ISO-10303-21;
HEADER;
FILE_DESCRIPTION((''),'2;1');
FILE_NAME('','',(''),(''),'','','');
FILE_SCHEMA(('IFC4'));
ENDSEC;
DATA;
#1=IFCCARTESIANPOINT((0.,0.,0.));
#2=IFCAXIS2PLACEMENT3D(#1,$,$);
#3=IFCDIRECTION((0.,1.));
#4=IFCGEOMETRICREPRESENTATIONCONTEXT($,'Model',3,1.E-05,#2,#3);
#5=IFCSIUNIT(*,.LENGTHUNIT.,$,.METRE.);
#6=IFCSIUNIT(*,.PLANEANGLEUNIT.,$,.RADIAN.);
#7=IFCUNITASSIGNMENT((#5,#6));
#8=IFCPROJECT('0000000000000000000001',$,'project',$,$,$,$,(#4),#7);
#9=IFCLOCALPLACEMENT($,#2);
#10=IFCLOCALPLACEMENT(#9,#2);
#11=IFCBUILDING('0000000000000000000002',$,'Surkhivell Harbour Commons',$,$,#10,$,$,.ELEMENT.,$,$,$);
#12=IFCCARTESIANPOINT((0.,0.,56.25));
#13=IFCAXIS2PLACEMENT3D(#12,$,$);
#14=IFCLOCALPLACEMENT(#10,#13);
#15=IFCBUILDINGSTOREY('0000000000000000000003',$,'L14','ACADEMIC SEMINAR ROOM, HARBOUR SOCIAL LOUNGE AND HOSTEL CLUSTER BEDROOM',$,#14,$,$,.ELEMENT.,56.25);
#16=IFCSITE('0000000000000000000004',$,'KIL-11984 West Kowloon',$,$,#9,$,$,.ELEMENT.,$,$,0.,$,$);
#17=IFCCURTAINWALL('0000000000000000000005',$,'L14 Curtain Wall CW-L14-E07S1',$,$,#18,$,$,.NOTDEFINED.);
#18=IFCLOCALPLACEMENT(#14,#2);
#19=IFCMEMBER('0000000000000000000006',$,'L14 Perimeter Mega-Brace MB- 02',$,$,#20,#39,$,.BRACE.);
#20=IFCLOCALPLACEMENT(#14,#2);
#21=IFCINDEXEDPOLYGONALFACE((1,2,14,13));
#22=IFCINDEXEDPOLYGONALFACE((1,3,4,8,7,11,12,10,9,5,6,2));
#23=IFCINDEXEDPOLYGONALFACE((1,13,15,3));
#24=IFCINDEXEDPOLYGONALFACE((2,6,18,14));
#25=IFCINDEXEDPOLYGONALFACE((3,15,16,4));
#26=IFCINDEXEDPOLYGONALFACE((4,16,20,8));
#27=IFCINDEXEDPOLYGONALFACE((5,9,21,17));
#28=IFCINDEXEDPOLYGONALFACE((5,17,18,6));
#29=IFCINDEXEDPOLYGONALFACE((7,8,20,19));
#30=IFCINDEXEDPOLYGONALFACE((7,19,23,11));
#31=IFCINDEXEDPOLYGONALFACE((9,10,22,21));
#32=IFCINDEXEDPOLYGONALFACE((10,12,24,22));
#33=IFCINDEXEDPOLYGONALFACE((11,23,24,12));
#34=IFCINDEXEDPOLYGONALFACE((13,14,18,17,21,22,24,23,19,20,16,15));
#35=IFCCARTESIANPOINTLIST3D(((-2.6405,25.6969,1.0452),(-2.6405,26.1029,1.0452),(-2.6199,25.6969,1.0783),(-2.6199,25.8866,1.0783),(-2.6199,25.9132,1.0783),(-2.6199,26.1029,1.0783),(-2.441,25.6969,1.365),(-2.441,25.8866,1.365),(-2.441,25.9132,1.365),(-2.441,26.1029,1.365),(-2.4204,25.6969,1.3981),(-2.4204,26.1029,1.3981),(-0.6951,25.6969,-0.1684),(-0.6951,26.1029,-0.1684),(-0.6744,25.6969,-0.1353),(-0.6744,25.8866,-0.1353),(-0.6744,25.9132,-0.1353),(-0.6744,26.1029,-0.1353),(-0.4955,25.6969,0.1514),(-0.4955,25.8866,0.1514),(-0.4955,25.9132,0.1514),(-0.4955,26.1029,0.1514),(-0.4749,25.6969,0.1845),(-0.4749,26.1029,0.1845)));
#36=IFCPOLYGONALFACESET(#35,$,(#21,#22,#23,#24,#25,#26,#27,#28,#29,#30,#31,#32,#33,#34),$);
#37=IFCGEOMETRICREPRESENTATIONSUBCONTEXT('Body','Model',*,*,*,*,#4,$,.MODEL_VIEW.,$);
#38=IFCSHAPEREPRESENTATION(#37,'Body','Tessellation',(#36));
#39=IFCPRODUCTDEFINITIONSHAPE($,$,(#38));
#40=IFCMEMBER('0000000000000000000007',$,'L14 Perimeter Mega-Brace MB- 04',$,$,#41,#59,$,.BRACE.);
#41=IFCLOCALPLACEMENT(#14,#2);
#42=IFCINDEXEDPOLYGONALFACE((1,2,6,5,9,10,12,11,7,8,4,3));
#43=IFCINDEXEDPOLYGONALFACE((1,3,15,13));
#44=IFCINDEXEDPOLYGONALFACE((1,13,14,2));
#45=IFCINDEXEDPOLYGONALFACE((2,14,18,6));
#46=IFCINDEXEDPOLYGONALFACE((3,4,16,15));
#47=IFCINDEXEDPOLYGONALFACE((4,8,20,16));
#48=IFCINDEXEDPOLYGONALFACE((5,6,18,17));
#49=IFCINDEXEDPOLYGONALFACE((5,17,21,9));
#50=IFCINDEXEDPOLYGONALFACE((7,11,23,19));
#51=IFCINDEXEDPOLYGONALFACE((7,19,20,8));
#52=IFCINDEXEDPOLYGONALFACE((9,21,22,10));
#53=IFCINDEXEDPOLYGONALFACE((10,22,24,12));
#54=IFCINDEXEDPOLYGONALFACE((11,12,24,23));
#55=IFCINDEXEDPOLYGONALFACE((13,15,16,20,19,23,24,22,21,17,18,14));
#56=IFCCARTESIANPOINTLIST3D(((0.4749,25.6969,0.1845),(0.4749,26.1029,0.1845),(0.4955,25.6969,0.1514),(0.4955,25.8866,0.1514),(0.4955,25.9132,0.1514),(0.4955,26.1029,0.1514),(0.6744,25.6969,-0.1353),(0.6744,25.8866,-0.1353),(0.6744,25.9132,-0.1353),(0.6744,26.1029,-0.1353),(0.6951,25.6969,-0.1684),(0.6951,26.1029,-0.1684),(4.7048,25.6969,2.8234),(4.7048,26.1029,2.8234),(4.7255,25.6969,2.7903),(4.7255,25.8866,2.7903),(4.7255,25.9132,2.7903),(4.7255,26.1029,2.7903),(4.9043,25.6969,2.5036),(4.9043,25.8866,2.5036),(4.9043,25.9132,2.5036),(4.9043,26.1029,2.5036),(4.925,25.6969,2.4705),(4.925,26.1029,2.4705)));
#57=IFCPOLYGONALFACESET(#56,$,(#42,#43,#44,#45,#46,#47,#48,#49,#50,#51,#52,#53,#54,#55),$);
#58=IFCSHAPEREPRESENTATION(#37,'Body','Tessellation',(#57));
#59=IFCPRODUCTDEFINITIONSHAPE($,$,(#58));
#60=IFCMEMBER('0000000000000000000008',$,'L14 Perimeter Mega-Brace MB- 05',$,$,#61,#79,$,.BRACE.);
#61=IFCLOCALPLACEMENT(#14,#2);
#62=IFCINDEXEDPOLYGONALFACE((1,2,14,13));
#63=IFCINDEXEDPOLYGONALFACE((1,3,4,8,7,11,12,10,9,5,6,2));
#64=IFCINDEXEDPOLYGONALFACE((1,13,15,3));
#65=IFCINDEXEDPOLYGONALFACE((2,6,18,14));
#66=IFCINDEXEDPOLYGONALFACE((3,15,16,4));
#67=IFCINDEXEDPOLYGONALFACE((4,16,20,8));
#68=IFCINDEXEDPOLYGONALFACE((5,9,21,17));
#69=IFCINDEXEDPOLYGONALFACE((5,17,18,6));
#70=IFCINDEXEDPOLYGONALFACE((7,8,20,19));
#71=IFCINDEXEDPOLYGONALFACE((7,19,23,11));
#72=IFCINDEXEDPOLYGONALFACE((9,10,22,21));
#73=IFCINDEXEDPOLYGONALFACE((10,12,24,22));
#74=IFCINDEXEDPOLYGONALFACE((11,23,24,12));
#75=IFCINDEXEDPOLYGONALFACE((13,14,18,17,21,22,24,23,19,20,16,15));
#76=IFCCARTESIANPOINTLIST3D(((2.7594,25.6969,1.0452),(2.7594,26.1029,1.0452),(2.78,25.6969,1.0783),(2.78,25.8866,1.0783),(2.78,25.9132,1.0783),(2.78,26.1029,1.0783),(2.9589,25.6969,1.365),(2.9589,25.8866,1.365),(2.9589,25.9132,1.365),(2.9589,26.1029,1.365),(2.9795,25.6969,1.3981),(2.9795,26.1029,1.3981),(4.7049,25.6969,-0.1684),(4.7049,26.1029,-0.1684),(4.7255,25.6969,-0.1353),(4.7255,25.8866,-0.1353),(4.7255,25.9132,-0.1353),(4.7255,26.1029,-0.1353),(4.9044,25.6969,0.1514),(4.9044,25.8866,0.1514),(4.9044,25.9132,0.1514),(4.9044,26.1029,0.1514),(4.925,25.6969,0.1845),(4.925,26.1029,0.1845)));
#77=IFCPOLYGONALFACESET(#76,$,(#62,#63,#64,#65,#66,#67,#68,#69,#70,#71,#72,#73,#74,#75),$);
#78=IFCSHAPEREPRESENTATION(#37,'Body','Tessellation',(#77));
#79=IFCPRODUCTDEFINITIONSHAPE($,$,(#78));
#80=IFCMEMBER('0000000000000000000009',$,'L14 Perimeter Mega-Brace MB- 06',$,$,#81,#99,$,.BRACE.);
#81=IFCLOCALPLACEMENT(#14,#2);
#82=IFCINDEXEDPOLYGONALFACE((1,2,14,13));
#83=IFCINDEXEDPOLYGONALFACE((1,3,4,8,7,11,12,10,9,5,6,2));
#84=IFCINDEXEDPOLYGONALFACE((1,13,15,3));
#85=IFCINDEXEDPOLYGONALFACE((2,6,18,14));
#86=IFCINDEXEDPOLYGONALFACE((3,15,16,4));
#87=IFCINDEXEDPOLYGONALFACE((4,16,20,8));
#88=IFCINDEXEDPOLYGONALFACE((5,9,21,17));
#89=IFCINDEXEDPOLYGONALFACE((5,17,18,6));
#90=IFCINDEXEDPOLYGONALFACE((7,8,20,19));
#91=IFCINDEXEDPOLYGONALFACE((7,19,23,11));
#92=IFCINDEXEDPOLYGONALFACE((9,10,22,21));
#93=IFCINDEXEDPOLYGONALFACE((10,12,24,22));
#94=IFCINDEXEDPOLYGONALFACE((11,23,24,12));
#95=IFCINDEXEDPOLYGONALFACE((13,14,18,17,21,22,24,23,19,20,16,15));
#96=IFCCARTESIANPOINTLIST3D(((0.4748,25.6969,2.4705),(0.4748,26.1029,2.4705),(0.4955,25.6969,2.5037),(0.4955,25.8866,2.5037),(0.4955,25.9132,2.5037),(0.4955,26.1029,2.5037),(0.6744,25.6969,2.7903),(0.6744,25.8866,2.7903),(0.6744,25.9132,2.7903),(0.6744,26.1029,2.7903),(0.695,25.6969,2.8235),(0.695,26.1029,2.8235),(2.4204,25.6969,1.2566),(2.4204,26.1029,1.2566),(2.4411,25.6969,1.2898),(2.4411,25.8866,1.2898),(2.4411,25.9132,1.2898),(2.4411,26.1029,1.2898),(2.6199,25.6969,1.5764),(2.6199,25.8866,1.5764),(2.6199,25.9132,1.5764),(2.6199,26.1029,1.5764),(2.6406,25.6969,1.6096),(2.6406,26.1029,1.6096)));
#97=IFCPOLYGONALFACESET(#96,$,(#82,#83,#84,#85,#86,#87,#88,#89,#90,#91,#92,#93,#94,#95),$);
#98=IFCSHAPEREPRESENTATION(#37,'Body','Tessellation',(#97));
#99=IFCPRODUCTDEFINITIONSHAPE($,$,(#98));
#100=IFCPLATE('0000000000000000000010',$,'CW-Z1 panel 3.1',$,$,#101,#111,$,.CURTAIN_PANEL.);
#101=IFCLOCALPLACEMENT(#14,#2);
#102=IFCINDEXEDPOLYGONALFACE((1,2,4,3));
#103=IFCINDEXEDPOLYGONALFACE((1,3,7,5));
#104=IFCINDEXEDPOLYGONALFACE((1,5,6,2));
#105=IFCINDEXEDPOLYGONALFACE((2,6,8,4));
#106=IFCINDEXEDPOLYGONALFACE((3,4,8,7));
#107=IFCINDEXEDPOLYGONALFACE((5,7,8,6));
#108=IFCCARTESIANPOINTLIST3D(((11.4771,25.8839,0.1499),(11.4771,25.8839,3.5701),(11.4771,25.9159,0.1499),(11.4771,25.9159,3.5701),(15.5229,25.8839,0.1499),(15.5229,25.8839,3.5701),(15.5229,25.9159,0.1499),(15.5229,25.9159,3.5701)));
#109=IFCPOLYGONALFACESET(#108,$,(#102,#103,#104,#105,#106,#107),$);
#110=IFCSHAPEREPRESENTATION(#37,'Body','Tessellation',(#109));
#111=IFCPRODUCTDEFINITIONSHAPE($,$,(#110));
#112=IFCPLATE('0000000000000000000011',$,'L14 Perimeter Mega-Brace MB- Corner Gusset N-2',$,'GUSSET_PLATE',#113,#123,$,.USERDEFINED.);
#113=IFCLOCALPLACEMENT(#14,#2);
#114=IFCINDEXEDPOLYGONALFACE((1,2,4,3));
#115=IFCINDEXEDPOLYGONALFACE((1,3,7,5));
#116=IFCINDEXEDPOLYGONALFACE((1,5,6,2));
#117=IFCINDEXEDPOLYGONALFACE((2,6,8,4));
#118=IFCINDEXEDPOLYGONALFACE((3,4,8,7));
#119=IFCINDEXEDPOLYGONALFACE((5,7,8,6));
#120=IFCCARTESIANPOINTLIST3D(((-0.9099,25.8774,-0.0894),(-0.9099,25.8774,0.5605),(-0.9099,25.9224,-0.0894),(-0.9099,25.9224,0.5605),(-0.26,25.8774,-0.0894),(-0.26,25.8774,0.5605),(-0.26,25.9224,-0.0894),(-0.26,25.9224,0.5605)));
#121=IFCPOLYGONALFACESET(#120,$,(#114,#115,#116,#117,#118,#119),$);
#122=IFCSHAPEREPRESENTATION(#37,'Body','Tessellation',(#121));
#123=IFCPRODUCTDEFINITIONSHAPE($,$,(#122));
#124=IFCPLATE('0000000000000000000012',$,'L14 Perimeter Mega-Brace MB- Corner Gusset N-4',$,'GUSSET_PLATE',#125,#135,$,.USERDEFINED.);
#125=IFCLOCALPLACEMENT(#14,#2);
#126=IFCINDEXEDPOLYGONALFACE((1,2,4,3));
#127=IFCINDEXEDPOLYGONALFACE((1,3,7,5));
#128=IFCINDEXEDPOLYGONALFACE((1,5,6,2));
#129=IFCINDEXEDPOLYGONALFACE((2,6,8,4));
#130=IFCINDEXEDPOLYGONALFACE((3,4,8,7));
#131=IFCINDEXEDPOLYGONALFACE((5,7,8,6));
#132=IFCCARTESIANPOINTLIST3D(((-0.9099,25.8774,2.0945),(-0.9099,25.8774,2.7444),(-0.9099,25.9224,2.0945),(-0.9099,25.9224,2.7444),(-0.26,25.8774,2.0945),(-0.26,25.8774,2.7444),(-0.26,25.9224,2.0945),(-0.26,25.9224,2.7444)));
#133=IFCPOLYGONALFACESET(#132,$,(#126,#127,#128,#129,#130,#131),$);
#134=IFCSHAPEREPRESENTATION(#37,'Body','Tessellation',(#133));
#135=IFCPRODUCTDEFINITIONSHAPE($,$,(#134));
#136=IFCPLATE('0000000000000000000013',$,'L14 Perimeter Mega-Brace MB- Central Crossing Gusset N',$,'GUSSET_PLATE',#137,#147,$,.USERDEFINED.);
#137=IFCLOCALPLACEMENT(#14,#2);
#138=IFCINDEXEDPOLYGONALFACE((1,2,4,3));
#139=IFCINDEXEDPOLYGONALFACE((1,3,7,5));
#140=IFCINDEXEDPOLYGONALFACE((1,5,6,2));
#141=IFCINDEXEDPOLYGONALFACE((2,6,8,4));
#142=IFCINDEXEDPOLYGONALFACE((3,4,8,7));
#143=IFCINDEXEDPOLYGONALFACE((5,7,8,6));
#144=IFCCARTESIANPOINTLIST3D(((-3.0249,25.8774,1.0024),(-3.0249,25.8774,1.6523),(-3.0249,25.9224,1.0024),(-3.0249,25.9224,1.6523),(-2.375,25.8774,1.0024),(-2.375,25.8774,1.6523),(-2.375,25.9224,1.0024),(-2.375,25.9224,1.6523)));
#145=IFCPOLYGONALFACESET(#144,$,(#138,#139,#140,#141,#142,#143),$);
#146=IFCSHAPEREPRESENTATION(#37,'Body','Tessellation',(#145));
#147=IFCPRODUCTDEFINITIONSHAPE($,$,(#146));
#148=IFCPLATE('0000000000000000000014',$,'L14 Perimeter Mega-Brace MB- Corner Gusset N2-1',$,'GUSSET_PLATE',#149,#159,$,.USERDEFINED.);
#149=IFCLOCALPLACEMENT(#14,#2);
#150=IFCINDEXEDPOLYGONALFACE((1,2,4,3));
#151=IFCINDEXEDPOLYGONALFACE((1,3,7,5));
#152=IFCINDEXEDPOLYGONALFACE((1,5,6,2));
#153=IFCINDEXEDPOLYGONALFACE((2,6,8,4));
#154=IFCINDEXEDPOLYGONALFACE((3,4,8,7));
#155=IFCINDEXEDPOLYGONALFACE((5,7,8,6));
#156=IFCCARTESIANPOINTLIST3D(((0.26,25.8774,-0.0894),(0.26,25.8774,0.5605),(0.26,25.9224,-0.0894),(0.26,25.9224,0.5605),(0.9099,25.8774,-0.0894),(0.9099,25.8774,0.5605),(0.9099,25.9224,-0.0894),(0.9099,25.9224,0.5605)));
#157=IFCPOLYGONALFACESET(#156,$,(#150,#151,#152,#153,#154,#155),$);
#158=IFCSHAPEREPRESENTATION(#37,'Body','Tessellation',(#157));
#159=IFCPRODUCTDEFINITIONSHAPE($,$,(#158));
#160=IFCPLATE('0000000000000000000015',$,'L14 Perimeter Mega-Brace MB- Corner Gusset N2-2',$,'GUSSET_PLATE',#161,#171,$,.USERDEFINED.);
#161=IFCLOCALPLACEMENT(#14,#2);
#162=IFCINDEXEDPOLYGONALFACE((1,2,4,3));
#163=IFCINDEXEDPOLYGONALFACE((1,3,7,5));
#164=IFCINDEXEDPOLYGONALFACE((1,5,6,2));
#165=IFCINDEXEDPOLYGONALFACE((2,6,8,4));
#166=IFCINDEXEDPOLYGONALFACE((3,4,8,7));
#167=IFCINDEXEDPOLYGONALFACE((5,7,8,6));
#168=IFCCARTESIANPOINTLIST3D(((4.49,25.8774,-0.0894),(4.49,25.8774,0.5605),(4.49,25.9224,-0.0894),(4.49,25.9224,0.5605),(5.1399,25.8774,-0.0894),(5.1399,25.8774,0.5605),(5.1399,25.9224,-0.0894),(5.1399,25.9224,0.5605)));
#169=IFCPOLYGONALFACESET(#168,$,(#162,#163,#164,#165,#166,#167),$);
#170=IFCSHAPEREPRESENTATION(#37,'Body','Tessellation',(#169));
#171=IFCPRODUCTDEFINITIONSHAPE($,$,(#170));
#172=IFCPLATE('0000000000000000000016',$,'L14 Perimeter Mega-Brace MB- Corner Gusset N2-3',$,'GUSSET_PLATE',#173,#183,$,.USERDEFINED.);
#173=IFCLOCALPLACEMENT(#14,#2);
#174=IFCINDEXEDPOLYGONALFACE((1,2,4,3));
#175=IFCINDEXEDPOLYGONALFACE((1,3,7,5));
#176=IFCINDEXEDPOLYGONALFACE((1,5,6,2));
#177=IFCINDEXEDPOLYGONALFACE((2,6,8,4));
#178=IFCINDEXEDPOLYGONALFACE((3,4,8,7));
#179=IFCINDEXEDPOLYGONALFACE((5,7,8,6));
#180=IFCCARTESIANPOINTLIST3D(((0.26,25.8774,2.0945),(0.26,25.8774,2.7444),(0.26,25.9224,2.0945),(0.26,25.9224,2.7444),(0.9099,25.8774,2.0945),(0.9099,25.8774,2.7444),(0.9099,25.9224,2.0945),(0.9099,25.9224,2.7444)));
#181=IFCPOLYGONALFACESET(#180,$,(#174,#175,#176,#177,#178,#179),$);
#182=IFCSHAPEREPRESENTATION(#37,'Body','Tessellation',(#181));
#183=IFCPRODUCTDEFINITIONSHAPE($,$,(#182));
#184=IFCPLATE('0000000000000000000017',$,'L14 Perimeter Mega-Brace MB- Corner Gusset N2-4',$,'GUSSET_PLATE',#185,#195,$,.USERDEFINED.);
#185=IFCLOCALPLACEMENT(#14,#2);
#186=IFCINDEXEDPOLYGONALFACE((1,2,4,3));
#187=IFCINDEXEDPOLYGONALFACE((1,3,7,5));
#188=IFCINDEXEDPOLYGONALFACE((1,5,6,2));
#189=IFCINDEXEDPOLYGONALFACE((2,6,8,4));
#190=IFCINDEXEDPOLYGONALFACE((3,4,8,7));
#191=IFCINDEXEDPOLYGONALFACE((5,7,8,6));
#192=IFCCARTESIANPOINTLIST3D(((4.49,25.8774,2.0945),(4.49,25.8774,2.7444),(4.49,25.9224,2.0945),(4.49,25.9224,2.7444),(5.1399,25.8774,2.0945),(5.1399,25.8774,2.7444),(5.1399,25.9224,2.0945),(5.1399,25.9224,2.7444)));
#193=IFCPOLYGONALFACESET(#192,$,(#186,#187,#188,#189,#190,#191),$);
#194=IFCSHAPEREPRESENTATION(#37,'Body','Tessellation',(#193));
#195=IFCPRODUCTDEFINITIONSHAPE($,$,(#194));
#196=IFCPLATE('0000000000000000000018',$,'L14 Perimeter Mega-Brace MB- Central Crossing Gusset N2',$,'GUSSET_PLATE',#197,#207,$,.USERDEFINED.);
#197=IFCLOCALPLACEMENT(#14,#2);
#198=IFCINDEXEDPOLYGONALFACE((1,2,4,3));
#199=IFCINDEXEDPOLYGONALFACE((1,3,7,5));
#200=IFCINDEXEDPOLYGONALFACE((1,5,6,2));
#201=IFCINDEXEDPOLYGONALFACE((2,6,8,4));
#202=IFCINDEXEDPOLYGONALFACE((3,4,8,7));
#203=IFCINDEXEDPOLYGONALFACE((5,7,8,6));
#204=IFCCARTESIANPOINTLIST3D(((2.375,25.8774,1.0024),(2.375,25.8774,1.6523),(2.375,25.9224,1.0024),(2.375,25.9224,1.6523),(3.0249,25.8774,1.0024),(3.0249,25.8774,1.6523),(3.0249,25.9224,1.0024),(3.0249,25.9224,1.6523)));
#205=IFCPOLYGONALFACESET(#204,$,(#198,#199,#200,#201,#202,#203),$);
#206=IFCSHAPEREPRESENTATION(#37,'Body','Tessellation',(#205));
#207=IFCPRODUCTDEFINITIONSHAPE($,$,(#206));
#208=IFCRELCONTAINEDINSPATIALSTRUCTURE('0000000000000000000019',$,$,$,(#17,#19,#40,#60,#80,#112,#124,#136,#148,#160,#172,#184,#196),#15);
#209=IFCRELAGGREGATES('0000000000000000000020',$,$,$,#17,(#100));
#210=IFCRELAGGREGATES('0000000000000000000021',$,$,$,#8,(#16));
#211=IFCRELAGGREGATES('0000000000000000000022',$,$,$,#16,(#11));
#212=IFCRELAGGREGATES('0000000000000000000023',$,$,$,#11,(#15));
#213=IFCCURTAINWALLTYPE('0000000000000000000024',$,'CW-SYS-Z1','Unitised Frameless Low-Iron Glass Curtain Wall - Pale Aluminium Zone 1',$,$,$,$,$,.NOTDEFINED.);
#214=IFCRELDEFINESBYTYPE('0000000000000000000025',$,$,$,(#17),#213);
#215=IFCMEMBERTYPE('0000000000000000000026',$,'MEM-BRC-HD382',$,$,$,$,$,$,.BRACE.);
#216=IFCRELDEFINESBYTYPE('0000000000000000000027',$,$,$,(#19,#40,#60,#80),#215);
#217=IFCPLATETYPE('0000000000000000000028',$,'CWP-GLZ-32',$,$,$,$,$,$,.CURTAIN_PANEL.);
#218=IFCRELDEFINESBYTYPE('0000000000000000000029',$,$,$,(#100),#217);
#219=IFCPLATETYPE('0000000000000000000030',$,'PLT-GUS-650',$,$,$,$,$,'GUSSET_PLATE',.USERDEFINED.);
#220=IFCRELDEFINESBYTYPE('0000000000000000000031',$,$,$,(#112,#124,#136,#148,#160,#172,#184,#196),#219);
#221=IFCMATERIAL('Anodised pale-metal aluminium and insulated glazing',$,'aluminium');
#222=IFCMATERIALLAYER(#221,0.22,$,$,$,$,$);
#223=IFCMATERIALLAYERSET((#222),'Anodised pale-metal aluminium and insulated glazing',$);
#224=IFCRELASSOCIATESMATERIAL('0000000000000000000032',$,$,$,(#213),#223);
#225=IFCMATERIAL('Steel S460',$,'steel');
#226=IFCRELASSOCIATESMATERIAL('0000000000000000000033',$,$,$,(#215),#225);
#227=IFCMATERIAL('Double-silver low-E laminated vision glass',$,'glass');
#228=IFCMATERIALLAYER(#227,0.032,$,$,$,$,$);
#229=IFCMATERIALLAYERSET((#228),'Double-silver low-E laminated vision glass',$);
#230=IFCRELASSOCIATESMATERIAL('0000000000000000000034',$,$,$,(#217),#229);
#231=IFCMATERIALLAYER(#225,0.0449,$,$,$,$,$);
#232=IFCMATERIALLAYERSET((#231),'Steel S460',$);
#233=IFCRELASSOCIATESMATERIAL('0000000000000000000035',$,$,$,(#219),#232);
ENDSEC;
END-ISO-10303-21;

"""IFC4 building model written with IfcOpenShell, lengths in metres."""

from ifc_helpers import new_model, si_unit, direction, frame, frame_2d, origin, origin_2d, place, context, subcontext, project, spatial, rectangle, i_section, extrude, material, layer, layer_set, material_profile, profile_set, type_object, element, aggregate, save


model = new_model("IFC4")

# Units and contexts
model_context = context("Model", 3, precision=1e-05, world=origin(), true_north=direction((0.0, 1.0)))
body_context = subcontext(model_context, "Body", "Model", "MODEL_VIEW")
ifc_project = project(units=[si_unit("LENGTHUNIT", "METRE"), si_unit("PLANEANGLEUNIT", "RADIAN")], contexts=[model_context])

# Site, building, storey
site_placement = place(None, origin())
site = spatial("IfcSite", under=ifc_project, at=site_placement, Name="KIL-11984 West Kowloon", CompositionType="ELEMENT", RefElevation=0.0)
building_placement = place(site_placement, origin())
building = spatial("IfcBuilding", under=site, at=building_placement, Name="Surkhivell Harbour Commons", CompositionType="ELEMENT")
storey_placement = place(building_placement, frame((0.0, 0.0, 56.25)))
storey = spatial("IfcBuildingStorey", under=building, at=storey_placement, Name="L14", Description="ACADEMIC SEMINAR ROOM, HARBOUR SOCIAL LOUNGE AND HOSTEL CLUSTER BEDROOM", CompositionType="ELEMENT", Elevation=56.25)

# Shared definitions
ifc_material_1 = material(Name="Steel S460", Category="steel")

# Curtain wall
ifc_material_2 = material(Name="Anodised pale-metal aluminium and insulated glazing", Category="aluminium")
ifc_layer_1 = layer(ifc_material_2, 0.22)
ifc_layer_set_1 = layer_set([ifc_layer_1], Name="Anodised pale-metal aluminium and insulated glazing")
curtain_wall_type = type_object("IfcCurtainWallType", Name="CW-SYS-Z1", Description="Unitised Frameless Low-Iron Glass Curtain Wall - Pale Aluminium Zone 1", PredefinedType="NOTDEFINED", material=ifc_layer_set_1)
curtain_wall_placement = place(storey_placement, origin())
curtain_wall = element("IfcCurtainWall", 1, at=curtain_wall_placement, inside=storey, type_object=curtain_wall_type, Name="L14 Curtain Wall CW-L14-E07S1", PredefinedType="NOTDEFINED")

# Members
ifc_material_profile_1 = material_profile(ifc_material_1, i_section(OverallWidth=0.406, OverallDepth=0.416, WebThickness=0.0266, FlangeThickness=0.0391, at=origin_2d()), Name="HD400x382")
ifc_profile_set_1 = profile_set([ifc_material_profile_1], Name="Steel S460")
member_type_1 = type_object("IfcMemberType", Name="MEM-BRC-HD382", PredefinedType="BRACE", material=ifc_profile_set_1)
member_1_placement = place(storey_placement, frame((-0.585, 25.8999, 0.0081), z_axis=(-0.848459, 0.0, 0.529262), x_axis=(0.0, -1.0, 0.0)))
element("IfcMember", 2, at=member_1_placement, inside=storey, type_object=member_type_1, Name="L14 Perimeter Mega-Brace MB- 02", PredefinedType="BRACE", context=body_context, shape_type="SweptSolid", body=[
    extrude(i_section(OverallWidth=0.406, OverallDepth=0.416, WebThickness=0.0266, FlangeThickness=0.0391, at=origin_2d()), origin(), (0.0, 0.0, 1.0), 2.293),
])
member_2_placement = place(storey_placement, frame((0.585, 25.8999, 0.0081), z_axis=(0.848433, 0.0, 0.529303), x_axis=(0.0, 1.0, 0.0)))
element("IfcMember", 3, at=member_2_placement, inside=storey, type_object=member_type_1, Name="L14 Perimeter Mega-Brace MB- 04", PredefinedType="BRACE", context=body_context, shape_type="SweptSolid", body=[
    extrude(i_section(OverallWidth=0.406, OverallDepth=0.416, WebThickness=0.0266, FlangeThickness=0.0391, at=origin_2d()), origin(), (0.0, 0.0, 1.0), 4.9856),
])
member_3_placement = place(storey_placement, frame((4.8149, 25.8999, 0.0081), z_axis=(-0.848459, 0.0, 0.529262), x_axis=(0.0, -1.0, 0.0)))
element("IfcMember", 4, at=member_3_placement, inside=storey, type_object=member_type_1, Name="L14 Perimeter Mega-Brace MB- 05", PredefinedType="BRACE", context=body_context, shape_type="SweptSolid", body=[
    extrude(i_section(OverallWidth=0.406, OverallDepth=0.416, WebThickness=0.0266, FlangeThickness=0.0391, at=origin_2d()), origin(), (0.0, 0.0, 1.0), 2.293),
])
member_4_placement = place(storey_placement, frame((2.5305, 25.8999, 1.4331), z_axis=(-0.848411, 0.0, 0.529338), x_axis=(0.0, -1.0, 0.0)))
element("IfcMember", 5, at=member_4_placement, inside=storey, type_object=member_type_1, Name="L14 Perimeter Mega-Brace MB- 06", PredefinedType="BRACE", context=body_context, shape_type="SweptSolid", body=[
    extrude(i_section(OverallWidth=0.406, OverallDepth=0.416, WebThickness=0.0266, FlangeThickness=0.0391, at=origin_2d()), origin(), (0.0, 0.0, 1.0), 2.2932),
])

# Plate
ifc_material_3 = material(Name="Double-silver low-E laminated vision glass", Category="glass")
ifc_layer_2 = layer(ifc_material_3, 0.032)
ifc_layer_set_2 = layer_set([ifc_layer_2], Name="Double-silver low-E laminated vision glass")
plate_type_1 = type_object("IfcPlateType", Name="CWP-GLZ-32", PredefinedType="CURTAIN_PANEL", material=ifc_layer_set_2)
plate_1_placement = place(storey_placement, frame((15.5229, 25.8999, 0.1499), z_axis=(0.0, 0.0, 1.0), x_axis=(-1.0, 0.0, 0.0)))
plate_1 = element("IfcPlate", 6, at=plate_1_placement, type_object=plate_type_1, Name="CW-Z1 panel 3.1", PredefinedType="CURTAIN_PANEL", context=body_context, shape_type="SweptSolid", body=[
    extrude(rectangle(XDim=4.0459, YDim=0.032, at=frame_2d((2.0229, 0.0))), origin(), (0.0, 0.0, 1.0), 3.4202),
])
aggregate(curtain_wall, [plate_1])

# Plates
ifc_layer_3 = layer(ifc_material_1, 0.0449)
ifc_layer_set_3 = layer_set([ifc_layer_3], Name="Steel S460")
plate_type_2 = type_object("IfcPlateType", Name="PLT-GUS-650", ElementType="GUSSET_PLATE", PredefinedType="USERDEFINED", material=ifc_layer_set_3)
for number, where, z_axis, x_axis, name in (
    (7, (-0.585, 25.8999, -0.0894), (0.0, 0.0, 1.0), (1.0, 0.0, 0.0), "L14 Perimeter Mega-Brace MB- Corner Gusset N-2"),
    (8, (-0.585, 25.8999, 2.0945), (0.0, 0.0, 1.0), (1.0, 0.0, 0.0), "L14 Perimeter Mega-Brace MB- Corner Gusset N-4"),
    (9, (-2.7, 25.8999, 1.0024), (0.0, 0.0, 1.0), (1.0, 0.0, 0.0), "L14 Perimeter Mega-Brace MB- Central Crossing Gusset N"),
    (10, (0.585, 25.8999, -0.0894), (0.0, 0.0, 1.0), (1.0, 0.0, 0.0), "L14 Perimeter Mega-Brace MB- Corner Gusset N2-1"),
    (11, (4.8149, 25.8999, -0.0894), (0.0, 0.0, 1.0), (1.0, 0.0, 0.0), "L14 Perimeter Mega-Brace MB- Corner Gusset N2-2"),
    (12, (0.585, 25.8999, 2.0945), (0.0, 0.0, 1.0), (1.0, 0.0, 0.0), "L14 Perimeter Mega-Brace MB- Corner Gusset N2-3"),
    (13, (4.8149, 25.8999, 2.0945), (0.0, 0.0, 1.0), (1.0, 0.0, 0.0), "L14 Perimeter Mega-Brace MB- Corner Gusset N2-4"),
    (14, (2.7, 25.8999, 1.0024), (0.0, 0.0, 1.0), (1.0, 0.0, 0.0), "L14 Perimeter Mega-Brace MB- Central Crossing Gusset N2"),
):
    element("IfcPlate", number, at=place(storey_placement, frame(where, z_axis=z_axis, x_axis=x_axis)), inside=storey, type_object=plate_type_2, Name=name, ObjectType="GUSSET_PLATE", PredefinedType="USERDEFINED", context=body_context, shape_type="SweptSolid", body=[
        extrude(rectangle(XDim=0.6499, YDim=0.0449, at=origin_2d()), origin(), (0.0, 0.0, 1.0), 0.6499),
    ])

save(model, "model.ifc")
